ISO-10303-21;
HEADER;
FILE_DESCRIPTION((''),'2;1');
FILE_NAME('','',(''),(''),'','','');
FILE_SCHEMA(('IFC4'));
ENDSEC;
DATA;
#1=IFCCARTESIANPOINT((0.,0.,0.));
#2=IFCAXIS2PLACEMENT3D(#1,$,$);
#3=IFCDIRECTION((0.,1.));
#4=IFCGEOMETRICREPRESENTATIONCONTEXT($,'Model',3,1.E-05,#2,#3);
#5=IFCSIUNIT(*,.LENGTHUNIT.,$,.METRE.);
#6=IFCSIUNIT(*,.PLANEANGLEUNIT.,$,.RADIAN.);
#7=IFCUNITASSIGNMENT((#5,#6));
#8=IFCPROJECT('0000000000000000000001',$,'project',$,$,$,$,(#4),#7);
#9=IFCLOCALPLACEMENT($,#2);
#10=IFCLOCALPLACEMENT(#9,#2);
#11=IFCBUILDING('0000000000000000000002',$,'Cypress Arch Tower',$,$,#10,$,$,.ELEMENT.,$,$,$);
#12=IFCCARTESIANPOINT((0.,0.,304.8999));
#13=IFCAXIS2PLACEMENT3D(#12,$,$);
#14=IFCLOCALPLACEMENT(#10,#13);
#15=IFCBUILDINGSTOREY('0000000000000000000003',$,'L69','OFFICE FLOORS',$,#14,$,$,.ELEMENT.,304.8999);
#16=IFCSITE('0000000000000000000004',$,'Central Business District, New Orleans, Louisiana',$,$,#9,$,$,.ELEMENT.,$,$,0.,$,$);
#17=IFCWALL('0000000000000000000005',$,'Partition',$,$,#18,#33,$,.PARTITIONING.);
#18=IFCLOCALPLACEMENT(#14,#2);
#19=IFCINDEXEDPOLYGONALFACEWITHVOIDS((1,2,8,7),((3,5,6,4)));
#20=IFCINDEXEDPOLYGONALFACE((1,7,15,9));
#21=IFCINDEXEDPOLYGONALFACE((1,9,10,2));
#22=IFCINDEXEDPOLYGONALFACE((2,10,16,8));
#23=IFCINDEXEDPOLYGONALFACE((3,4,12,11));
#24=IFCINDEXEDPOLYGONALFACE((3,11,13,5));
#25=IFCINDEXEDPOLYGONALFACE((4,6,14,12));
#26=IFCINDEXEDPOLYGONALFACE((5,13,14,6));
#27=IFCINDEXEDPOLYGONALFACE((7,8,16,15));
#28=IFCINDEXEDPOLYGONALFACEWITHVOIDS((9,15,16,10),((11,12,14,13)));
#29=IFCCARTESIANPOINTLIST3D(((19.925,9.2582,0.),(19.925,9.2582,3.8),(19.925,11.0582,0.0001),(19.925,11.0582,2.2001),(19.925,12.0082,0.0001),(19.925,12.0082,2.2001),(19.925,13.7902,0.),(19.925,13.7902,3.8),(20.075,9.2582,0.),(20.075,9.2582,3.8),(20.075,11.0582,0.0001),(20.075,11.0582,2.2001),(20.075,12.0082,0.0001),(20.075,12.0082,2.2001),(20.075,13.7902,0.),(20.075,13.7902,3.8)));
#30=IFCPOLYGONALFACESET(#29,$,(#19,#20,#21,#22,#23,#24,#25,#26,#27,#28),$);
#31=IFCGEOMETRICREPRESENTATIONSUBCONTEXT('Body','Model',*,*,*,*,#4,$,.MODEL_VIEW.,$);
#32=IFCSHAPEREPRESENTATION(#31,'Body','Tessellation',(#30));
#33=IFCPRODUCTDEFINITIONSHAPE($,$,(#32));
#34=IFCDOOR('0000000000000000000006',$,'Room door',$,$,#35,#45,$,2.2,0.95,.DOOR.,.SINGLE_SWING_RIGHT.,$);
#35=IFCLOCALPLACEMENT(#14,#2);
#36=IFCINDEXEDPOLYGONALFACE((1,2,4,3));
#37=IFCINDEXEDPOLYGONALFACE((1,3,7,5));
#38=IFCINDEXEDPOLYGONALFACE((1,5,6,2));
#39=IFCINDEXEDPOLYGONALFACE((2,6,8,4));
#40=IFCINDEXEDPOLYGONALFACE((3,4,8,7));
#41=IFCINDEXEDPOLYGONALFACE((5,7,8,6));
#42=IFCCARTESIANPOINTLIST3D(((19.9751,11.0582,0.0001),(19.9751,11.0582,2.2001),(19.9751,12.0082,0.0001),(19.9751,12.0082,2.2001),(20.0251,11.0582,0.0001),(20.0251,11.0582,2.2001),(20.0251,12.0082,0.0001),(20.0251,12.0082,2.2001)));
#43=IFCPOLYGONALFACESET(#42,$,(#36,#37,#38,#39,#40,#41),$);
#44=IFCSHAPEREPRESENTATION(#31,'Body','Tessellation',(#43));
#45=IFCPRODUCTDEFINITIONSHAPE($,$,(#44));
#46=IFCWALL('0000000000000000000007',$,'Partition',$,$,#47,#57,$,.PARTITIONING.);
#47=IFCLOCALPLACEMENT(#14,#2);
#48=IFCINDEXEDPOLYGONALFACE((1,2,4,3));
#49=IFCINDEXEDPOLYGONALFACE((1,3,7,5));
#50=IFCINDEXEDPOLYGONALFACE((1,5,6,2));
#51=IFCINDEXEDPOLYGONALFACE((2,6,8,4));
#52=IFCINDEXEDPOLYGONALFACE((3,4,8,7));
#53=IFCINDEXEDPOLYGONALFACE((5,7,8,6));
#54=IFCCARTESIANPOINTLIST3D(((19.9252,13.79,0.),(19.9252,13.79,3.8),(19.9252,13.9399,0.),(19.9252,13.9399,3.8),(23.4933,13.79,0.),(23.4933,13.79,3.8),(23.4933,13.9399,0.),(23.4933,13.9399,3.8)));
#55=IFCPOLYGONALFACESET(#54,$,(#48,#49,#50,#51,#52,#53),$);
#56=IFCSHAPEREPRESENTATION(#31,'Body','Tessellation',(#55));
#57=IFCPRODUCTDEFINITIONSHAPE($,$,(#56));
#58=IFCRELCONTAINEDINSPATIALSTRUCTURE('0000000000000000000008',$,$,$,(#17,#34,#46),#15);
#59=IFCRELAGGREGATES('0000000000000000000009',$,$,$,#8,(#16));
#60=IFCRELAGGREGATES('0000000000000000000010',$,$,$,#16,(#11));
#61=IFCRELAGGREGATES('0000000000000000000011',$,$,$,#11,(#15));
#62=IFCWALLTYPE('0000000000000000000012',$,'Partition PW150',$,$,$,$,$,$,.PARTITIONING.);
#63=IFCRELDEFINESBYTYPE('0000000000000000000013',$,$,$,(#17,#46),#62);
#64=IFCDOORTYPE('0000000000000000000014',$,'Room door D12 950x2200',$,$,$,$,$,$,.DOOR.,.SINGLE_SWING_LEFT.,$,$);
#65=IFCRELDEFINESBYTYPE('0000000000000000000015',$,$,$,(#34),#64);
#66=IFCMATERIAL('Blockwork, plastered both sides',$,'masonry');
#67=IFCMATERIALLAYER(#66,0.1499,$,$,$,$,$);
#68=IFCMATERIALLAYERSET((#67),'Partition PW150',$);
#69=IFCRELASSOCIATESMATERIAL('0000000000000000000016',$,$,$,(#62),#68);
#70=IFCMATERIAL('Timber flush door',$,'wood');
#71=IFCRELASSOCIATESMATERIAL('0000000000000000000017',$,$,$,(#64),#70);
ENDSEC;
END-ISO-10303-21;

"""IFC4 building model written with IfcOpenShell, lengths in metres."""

from ifc_helpers import new_model, si_unit, direction, frame, frame_2d, origin, place, context, subcontext, project, spatial, rectangle, extrude, material, layer, layer_set, type_object, element, fill, save


model = new_model("IFC4")

# Units and contexts
model_context = context("Model", 3, precision=1e-05, world=origin(), true_north=direction((0.0, 1.0)))
body_context = subcontext(model_context, "Body", "Model", "MODEL_VIEW")
ifc_project = project(units=[si_unit("LENGTHUNIT", "METRE"), si_unit("PLANEANGLEUNIT", "RADIAN")], contexts=[model_context])

# Site, building, storey
site_placement = place(None, origin())
site = spatial("IfcSite", under=ifc_project, at=site_placement, Name="Central Business District, New Orleans, Louisiana", CompositionType="ELEMENT", RefElevation=0.0)
building_placement = place(site_placement, origin())
building = spatial("IfcBuilding", under=site, at=building_placement, Name="Cypress Arch Tower", CompositionType="ELEMENT")
storey_placement = place(building_placement, frame((0.0, 0.0, 304.8999)))
storey = spatial("IfcBuildingStorey", under=building, at=storey_placement, Name="L69", Description="OFFICE FLOORS", CompositionType="ELEMENT", Elevation=304.8999)

# Wall, opening, door
ifc_material_1 = material(Name="Blockwork, plastered both sides", Category="masonry")
ifc_layer_1 = layer(ifc_material_1, 0.1499)
ifc_layer_set_1 = layer_set([ifc_layer_1], Name="Partition PW150")
wall_type_1 = type_object("IfcWallType", Name="Partition PW150", PredefinedType="PARTITIONING", material=ifc_layer_set_1)
wall_1_placement = place(storey_placement, frame((20.0, 9.2581, 0.0), z_axis=(0.0, 0.0, 1.0), x_axis=(0.0, 1.0, 0.0)))
wall_1 = element("IfcWall", 1, at=wall_1_placement, inside=storey, type_object=wall_type_1, Name="Partition", PredefinedType="PARTITIONING", context=body_context, shape_type="SweptSolid", body=[
    extrude(rectangle(XDim=4.532, YDim=0.1499, at=frame_2d((2.2661, 0.0))), origin(), (0.0, 0.0, 1.0), 3.8),
])
opening_1_placement = place(wall_1_placement, frame((1.8, 0.0, 0.0)))
opening_1 = element("IfcOpeningElement", 2, at=opening_1_placement, cuts=wall_1, PredefinedType="OPENING", context=body_context, shape_type="SweptSolid", body=[
    extrude(rectangle(XDim=0.95, YDim=2.2, at=frame_2d((0.4751, 1.1001))), frame((0.0, 0.085, 0.0), z_axis=(0.0, -1.0, 0.0), x_axis=(1.0, 0.0, 0.0)), (0.0, 0.0, 1.0), 0.1699),
])
ifc_material_2 = material(Name="Timber flush door", Category="wood")
door_type_1 = type_object("IfcDoorType", Name="Room door D12 950x2200", OperationType="SINGLE_SWING_LEFT", PredefinedType="DOOR", material=ifc_material_2)
door_1_placement = place(opening_1_placement, origin())
door_1 = element("IfcDoor", 3, at=door_1_placement, inside=storey, type_object=door_type_1, Name="Room door", OperationType="SINGLE_SWING_RIGHT", OverallHeight=2.2, OverallWidth=0.95, PredefinedType="DOOR", context=body_context, shape_type="SweptSolid", body=[
    extrude(rectangle(XDim=0.95, YDim=2.2, at=frame_2d((0.4751, 1.1001))), frame((0.0, 0.0249, 0.0), z_axis=(0.0, -1.0, 0.0), x_axis=(1.0, 0.0, 0.0)), (0.0, 0.0, 1.0), 0.05),
])
fill(opening_1, door_1)

# Wall
wall_2_placement = place(storey_placement, frame((19.925, 13.865, 0.0), z_axis=(0.0, 0.0, 1.0), x_axis=(1.0, 0.0, 0.0)))
element("IfcWall", 4, at=wall_2_placement, inside=storey, type_object=wall_type_1, Name="Partition", PredefinedType="PARTITIONING", context=body_context, shape_type="SweptSolid", body=[
    extrude(rectangle(XDim=3.5681, YDim=0.1499, at=frame_2d((1.7842, 0.0))), origin(), (0.0, 0.0, 1.0), 3.8),
])

save(model, "model.ifc")
